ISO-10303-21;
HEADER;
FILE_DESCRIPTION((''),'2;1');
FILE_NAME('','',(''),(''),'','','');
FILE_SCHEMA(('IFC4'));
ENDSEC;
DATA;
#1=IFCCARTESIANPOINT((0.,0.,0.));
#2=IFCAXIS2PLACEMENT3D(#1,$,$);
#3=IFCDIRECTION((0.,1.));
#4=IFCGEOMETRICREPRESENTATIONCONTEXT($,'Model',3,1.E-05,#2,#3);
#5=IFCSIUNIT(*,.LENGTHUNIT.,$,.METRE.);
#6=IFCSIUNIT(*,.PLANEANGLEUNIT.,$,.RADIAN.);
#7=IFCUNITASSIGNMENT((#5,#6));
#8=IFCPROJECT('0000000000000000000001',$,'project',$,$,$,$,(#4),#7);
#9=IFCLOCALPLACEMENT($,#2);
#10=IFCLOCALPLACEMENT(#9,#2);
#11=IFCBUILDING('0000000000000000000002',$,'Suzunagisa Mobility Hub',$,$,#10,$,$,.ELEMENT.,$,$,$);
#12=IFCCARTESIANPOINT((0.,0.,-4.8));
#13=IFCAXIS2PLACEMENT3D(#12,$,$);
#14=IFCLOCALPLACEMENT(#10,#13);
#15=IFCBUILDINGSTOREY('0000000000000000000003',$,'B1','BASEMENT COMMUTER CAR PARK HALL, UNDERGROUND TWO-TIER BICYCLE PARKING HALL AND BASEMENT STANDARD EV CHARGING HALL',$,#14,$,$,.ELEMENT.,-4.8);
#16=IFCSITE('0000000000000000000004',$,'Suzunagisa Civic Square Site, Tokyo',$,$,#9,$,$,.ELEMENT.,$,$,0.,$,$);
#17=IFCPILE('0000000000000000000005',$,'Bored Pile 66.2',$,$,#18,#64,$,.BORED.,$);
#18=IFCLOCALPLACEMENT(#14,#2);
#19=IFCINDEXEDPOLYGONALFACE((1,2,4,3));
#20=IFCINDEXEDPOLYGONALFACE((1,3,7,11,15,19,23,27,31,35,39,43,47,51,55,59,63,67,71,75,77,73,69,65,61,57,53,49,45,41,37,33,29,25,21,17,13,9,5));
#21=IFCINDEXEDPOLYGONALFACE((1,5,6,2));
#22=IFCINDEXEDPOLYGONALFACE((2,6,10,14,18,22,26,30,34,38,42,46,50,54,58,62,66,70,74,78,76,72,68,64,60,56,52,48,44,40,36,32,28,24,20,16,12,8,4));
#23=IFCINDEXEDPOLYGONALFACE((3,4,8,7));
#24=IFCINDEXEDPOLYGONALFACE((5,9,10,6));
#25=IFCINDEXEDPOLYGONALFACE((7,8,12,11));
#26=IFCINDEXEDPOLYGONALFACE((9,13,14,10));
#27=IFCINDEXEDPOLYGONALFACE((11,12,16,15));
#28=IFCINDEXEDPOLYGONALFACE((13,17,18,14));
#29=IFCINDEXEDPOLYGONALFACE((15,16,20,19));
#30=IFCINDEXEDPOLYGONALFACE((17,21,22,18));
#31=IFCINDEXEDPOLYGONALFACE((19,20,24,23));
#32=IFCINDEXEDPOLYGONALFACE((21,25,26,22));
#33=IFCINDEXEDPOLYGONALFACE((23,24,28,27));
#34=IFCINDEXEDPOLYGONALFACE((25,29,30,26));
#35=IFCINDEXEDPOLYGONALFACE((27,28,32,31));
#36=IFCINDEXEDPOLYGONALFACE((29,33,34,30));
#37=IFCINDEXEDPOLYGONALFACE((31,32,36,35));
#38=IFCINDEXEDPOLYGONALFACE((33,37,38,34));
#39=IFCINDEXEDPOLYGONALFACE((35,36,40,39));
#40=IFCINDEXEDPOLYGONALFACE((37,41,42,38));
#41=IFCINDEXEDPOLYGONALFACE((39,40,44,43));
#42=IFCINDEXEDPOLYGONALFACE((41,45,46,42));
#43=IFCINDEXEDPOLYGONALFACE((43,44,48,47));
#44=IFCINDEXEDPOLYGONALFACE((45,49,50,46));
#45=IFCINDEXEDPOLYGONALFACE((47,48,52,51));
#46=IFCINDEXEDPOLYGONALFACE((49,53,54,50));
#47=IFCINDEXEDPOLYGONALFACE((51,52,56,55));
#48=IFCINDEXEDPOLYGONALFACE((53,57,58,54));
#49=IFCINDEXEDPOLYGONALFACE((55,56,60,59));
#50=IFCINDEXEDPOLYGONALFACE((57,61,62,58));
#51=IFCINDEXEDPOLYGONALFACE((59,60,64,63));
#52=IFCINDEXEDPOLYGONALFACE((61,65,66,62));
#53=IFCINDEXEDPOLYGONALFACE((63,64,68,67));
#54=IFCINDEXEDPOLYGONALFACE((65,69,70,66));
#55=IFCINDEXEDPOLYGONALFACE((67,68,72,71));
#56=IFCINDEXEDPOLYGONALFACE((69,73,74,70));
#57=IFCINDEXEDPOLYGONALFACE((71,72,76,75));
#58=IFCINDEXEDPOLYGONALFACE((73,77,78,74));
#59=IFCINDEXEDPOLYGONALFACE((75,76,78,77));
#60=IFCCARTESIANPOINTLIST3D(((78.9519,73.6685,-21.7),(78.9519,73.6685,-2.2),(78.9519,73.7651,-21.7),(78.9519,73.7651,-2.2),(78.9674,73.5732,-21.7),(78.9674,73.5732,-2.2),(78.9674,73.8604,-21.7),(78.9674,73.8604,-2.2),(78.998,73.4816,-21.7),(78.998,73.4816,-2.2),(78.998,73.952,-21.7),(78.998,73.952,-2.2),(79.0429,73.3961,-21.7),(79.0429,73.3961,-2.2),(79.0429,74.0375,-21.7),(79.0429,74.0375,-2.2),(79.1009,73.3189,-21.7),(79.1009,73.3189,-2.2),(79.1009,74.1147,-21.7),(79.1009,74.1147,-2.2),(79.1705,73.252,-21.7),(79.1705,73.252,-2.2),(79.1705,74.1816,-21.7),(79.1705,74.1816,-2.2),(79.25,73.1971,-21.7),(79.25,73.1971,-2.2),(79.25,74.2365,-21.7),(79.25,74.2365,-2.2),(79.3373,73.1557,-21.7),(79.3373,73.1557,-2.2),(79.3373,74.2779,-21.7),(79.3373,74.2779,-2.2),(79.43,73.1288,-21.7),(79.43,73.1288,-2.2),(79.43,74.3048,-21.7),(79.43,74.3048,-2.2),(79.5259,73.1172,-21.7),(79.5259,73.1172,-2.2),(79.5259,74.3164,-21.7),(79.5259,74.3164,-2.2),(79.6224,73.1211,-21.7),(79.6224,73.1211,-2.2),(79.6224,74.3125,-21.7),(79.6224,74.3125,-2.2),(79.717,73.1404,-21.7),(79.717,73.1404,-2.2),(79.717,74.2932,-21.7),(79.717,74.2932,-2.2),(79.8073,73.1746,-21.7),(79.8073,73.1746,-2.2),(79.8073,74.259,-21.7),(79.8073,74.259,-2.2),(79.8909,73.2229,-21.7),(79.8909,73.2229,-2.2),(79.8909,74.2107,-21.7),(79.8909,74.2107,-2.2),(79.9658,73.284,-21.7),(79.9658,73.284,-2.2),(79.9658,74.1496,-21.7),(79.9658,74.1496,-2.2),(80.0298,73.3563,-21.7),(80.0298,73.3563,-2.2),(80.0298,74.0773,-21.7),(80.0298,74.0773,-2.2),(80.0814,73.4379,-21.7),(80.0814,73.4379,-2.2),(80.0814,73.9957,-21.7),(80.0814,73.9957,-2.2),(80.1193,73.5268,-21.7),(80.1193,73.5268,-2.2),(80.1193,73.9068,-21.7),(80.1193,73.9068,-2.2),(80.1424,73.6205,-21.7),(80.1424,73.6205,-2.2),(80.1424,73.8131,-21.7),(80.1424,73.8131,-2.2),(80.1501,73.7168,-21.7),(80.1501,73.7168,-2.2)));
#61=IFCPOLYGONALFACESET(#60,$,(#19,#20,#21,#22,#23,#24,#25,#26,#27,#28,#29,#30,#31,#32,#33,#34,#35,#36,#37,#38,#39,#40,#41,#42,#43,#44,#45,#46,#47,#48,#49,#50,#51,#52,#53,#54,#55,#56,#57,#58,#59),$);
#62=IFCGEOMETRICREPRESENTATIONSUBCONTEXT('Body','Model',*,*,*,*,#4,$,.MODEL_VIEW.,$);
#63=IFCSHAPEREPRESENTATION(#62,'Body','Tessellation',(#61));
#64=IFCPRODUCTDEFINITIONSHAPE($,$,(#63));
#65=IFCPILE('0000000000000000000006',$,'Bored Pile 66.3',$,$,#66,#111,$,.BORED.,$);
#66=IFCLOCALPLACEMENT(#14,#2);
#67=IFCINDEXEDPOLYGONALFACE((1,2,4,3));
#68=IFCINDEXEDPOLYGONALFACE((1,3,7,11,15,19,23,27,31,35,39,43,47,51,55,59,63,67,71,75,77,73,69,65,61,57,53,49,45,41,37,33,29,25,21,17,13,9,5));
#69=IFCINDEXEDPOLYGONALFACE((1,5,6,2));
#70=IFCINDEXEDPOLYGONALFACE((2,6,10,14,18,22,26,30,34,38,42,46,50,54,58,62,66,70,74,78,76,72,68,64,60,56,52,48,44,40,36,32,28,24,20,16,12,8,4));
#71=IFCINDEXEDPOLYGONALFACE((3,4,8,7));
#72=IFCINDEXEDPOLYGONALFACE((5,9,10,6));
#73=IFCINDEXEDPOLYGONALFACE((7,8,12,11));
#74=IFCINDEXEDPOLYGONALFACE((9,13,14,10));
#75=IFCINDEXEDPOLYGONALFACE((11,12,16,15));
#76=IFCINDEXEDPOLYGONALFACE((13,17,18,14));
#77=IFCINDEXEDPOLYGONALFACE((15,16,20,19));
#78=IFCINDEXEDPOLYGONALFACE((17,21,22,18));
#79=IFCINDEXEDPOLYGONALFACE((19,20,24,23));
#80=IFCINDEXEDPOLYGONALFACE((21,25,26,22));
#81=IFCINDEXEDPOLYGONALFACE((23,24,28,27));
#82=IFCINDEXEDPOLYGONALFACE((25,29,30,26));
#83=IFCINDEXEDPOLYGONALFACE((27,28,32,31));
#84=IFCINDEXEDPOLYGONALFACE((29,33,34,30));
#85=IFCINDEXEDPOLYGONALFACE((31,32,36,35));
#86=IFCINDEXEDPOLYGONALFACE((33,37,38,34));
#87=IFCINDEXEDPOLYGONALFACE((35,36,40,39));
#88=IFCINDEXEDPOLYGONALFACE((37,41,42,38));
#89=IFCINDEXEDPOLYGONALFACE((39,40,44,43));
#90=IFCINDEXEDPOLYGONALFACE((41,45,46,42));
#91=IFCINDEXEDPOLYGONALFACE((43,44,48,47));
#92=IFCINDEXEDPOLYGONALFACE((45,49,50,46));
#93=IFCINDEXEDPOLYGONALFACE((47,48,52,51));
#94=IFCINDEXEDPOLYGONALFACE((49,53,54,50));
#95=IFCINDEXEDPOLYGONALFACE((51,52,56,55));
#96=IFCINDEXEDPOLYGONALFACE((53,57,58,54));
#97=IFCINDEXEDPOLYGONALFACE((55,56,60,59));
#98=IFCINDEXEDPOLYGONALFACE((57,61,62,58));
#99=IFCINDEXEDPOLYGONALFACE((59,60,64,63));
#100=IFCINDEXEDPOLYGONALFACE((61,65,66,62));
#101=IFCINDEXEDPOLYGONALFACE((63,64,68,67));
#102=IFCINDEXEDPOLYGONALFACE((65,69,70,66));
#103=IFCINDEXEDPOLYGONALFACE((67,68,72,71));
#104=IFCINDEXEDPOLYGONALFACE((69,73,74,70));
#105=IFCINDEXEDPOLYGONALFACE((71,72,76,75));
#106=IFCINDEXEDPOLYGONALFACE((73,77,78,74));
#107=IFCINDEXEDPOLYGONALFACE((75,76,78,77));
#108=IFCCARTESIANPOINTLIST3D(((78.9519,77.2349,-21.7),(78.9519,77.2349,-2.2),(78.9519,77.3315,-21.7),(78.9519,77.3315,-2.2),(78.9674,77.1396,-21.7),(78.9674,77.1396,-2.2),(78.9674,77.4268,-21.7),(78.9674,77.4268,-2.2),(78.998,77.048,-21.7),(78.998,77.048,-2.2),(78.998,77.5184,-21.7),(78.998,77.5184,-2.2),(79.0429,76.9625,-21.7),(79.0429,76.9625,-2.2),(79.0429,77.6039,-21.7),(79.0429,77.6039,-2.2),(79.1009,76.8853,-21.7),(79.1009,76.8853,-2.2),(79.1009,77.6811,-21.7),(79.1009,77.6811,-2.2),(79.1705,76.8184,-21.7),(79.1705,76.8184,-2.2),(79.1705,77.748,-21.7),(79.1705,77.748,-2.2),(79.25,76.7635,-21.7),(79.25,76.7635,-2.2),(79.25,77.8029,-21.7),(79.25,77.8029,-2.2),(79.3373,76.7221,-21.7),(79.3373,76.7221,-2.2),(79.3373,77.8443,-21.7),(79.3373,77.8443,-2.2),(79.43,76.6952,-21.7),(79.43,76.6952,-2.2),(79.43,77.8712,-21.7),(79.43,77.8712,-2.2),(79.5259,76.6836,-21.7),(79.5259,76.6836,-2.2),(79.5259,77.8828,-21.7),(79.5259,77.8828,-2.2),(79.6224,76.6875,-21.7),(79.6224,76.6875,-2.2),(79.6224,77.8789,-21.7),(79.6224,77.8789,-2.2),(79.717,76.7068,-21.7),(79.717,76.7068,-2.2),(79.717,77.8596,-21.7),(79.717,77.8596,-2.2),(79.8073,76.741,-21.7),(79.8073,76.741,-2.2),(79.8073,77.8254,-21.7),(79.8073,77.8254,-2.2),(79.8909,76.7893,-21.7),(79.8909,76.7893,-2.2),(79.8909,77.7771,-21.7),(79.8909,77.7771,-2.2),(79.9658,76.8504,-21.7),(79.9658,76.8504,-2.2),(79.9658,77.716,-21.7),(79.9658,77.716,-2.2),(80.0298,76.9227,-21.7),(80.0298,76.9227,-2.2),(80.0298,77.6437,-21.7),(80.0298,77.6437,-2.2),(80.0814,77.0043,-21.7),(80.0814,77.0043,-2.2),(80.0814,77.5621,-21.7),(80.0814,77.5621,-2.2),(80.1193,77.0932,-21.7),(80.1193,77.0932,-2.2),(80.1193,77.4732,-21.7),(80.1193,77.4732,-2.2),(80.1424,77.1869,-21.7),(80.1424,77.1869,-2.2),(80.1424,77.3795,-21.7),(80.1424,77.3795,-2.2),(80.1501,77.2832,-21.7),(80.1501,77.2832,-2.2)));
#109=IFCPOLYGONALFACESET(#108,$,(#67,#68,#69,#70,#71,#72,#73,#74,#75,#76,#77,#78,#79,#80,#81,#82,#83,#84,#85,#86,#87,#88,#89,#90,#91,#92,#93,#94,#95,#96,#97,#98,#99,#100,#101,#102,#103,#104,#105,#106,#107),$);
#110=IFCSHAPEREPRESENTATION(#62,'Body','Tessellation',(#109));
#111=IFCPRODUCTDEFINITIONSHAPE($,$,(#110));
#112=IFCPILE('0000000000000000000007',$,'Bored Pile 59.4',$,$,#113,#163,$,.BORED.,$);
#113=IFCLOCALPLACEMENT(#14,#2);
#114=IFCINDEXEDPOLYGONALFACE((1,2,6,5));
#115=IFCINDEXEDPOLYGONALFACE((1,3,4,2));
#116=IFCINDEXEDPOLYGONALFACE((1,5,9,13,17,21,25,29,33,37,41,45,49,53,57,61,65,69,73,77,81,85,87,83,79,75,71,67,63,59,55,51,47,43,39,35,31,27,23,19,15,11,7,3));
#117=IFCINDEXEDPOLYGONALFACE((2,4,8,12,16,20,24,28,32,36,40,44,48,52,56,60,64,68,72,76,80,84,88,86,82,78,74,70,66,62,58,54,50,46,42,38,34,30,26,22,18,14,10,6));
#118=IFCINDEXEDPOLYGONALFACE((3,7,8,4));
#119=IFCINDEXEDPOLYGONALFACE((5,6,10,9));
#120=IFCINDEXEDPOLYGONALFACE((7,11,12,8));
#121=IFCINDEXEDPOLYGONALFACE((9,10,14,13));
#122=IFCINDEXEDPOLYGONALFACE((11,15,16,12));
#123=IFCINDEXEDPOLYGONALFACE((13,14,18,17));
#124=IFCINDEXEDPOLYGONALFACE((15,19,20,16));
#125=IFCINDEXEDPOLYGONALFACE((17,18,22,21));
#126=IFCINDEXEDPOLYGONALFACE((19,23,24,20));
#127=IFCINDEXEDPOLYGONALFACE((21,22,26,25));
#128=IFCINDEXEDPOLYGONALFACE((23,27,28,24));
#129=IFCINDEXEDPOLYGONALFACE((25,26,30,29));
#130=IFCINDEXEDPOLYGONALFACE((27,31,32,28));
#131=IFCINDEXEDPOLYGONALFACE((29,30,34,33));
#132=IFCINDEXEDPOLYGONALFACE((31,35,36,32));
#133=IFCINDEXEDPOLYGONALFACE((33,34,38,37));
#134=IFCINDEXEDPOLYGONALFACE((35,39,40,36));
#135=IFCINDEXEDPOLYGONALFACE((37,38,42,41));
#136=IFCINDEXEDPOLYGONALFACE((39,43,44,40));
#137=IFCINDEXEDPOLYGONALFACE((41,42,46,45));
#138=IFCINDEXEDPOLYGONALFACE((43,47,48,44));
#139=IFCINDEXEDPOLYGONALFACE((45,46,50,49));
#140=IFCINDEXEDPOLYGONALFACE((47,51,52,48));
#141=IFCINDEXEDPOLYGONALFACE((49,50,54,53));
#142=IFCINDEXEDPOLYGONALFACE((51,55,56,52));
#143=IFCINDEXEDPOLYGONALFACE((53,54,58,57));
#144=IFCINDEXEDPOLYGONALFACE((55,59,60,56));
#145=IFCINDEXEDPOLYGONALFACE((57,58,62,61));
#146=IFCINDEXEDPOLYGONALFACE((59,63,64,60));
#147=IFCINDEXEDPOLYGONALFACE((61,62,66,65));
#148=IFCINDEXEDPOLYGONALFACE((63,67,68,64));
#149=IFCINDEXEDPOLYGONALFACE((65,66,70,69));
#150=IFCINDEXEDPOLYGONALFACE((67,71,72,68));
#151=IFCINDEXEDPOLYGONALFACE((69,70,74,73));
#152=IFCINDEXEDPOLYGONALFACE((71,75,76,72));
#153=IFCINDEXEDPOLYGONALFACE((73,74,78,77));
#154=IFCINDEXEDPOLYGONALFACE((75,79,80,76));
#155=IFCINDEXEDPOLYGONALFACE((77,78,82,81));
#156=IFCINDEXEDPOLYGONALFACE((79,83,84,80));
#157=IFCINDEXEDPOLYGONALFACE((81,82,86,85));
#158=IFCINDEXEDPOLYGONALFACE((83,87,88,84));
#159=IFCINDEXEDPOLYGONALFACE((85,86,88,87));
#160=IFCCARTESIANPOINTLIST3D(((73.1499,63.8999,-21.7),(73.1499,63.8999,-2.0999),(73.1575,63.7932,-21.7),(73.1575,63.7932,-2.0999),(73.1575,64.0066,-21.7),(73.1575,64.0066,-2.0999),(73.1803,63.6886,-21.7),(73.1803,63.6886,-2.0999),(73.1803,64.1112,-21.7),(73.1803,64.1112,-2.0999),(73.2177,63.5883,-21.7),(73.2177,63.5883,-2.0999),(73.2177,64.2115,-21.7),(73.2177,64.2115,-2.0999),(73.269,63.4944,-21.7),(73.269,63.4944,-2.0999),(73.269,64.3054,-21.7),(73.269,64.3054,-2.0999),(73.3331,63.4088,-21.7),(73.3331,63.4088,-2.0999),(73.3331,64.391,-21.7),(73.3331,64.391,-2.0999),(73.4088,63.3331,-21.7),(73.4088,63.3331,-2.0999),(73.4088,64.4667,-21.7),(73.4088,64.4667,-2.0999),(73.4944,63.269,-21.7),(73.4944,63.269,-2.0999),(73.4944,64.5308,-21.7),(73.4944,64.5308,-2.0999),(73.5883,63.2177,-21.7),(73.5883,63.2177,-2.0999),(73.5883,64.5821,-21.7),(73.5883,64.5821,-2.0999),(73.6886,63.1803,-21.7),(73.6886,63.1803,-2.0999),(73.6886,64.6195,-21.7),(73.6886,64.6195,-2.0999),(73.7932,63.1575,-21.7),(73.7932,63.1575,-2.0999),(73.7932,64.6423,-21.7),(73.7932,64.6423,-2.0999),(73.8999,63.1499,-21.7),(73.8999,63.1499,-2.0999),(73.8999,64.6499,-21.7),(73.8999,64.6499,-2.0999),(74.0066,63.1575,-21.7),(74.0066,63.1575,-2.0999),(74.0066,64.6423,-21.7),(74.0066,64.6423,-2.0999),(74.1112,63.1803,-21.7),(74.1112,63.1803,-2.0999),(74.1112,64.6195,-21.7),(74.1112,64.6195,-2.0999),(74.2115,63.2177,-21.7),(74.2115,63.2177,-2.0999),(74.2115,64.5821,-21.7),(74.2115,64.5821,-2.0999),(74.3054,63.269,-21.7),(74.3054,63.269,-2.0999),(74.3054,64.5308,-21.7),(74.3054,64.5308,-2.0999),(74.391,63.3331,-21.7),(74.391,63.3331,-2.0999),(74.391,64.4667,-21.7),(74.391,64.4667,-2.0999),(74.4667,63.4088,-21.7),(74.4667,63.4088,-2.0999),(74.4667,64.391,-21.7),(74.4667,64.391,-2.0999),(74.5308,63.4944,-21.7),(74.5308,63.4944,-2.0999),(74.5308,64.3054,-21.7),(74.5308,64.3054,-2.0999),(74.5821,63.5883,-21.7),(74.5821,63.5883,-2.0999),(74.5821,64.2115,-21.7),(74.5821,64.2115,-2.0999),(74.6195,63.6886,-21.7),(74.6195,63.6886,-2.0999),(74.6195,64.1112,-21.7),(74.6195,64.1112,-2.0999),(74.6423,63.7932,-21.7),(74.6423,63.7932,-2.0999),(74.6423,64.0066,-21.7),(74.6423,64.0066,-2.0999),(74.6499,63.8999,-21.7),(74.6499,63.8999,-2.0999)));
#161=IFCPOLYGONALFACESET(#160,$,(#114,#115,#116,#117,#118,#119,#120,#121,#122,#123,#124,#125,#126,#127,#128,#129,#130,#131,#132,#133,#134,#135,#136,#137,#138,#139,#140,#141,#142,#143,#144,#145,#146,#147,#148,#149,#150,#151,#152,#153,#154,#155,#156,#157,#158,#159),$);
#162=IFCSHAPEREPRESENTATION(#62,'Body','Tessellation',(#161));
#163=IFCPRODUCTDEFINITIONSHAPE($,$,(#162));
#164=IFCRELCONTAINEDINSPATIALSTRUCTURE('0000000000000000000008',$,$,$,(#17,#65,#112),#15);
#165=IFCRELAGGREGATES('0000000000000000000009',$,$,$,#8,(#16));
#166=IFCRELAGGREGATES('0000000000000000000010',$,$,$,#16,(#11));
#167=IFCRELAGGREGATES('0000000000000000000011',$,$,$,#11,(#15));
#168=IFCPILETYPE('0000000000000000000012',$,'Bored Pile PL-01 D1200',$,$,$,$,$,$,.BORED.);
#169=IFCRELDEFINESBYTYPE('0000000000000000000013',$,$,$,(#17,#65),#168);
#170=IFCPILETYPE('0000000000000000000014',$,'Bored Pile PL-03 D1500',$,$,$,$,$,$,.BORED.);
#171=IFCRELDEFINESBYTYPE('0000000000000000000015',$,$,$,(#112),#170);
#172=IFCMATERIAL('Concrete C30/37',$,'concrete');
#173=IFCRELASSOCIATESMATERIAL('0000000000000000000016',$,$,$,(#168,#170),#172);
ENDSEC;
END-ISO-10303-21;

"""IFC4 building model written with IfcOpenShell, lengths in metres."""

from ifc_helpers import new_model, si_unit, direction, frame, origin, origin_2d, place, context, subcontext, project, spatial, circle, extrude, material, material_profile, profile_set, type_object, element, save


model = new_model("IFC4")

# Units and contexts
model_context = context("Model", 3, precision=1e-05, world=origin(), true_north=direction((0.0, 1.0)))
body_context = subcontext(model_context, "Body", "Model", "MODEL_VIEW")
ifc_project = project(units=[si_unit("LENGTHUNIT", "METRE"), si_unit("PLANEANGLEUNIT", "RADIAN")], contexts=[model_context])

# Site, building, storey
site_placement = place(None, origin())
site = spatial("IfcSite", under=ifc_project, at=site_placement, Name="Suzunagisa Civic Square Site, Tokyo", CompositionType="ELEMENT", RefElevation=0.0)
building_placement = place(site_placement, origin())
building = spatial("IfcBuilding", under=site, at=building_placement, Name="Suzunagisa Mobility Hub", CompositionType="ELEMENT")
storey_placement = place(building_placement, frame((0.0, 0.0, -4.8)))
storey = spatial("IfcBuildingStorey", under=building, at=storey_placement, Name="B1", Description="BASEMENT COMMUTER CAR PARK HALL, UNDERGROUND TWO-TIER BICYCLE PARKING HALL AND BASEMENT STANDARD EV CHARGING HALL", CompositionType="ELEMENT", Elevation=-4.8)

# Piles
ifc_material_1 = material(Name="Concrete C30/37", Category="concrete")
ifc_material_profile_1 = material_profile(ifc_material_1, circle(Radius=0.6001, at=origin_2d()), Name="BORED PILE D1200")
ifc_profile_set_1 = profile_set([ifc_material_profile_1], Name="Concrete C30/37")
pile_type_1 = type_object("IfcPileType", Name="Bored Pile PL-01 D1200", PredefinedType="BORED", material=ifc_profile_set_1)
for number, where, z_axis, x_axis, name in (
    (1, (79.55, 73.7168, -2.2), (0.0, 0.0, -1.0), (1.0, 0.0, 0.0), "Bored Pile 66.2"),
    (2, (79.55, 77.2832, -2.2), (0.0, 0.0, -1.0), (1.0, 0.0, 0.0), "Bored Pile 66.3"),
):
    element("IfcPile", number, at=place(storey_placement, frame(where, z_axis=z_axis, x_axis=x_axis)), inside=storey, type_object=pile_type_1, Name=name, PredefinedType="BORED", context=body_context, shape_type="SweptSolid", body=[
        extrude(circle(Radius=0.6001, at=origin_2d()), origin(), (0.0, 0.0, 1.0), 19.5),
    ])
ifc_material_profile_2 = material_profile(ifc_material_1, circle(Radius=0.75, at=origin_2d()), Name="BORED PILE D1500")
ifc_profile_set_2 = profile_set([ifc_material_profile_2], Name="Concrete C30/37")
pile_type_2 = type_object("IfcPileType", Name="Bored Pile PL-03 D1500", PredefinedType="BORED", material=ifc_profile_set_2)
for number, where, z_axis, x_axis, name in (
    (3, (73.8999, 63.8999, -2.0999), (0.0, 0.0, -1.0), (1.0, 0.0, 0.0), "Bored Pile 59.4"),
):
    element("IfcPile", number, at=place(storey_placement, frame(where, z_axis=z_axis, x_axis=x_axis)), inside=storey, type_object=pile_type_2, Name=name, PredefinedType="BORED", context=body_context, shape_type="SweptSolid", body=[
        extrude(circle(Radius=0.75, at=origin_2d()), origin(), (0.0, 0.0, 1.0), 19.6001),
    ])

save(model, "model.ifc")
